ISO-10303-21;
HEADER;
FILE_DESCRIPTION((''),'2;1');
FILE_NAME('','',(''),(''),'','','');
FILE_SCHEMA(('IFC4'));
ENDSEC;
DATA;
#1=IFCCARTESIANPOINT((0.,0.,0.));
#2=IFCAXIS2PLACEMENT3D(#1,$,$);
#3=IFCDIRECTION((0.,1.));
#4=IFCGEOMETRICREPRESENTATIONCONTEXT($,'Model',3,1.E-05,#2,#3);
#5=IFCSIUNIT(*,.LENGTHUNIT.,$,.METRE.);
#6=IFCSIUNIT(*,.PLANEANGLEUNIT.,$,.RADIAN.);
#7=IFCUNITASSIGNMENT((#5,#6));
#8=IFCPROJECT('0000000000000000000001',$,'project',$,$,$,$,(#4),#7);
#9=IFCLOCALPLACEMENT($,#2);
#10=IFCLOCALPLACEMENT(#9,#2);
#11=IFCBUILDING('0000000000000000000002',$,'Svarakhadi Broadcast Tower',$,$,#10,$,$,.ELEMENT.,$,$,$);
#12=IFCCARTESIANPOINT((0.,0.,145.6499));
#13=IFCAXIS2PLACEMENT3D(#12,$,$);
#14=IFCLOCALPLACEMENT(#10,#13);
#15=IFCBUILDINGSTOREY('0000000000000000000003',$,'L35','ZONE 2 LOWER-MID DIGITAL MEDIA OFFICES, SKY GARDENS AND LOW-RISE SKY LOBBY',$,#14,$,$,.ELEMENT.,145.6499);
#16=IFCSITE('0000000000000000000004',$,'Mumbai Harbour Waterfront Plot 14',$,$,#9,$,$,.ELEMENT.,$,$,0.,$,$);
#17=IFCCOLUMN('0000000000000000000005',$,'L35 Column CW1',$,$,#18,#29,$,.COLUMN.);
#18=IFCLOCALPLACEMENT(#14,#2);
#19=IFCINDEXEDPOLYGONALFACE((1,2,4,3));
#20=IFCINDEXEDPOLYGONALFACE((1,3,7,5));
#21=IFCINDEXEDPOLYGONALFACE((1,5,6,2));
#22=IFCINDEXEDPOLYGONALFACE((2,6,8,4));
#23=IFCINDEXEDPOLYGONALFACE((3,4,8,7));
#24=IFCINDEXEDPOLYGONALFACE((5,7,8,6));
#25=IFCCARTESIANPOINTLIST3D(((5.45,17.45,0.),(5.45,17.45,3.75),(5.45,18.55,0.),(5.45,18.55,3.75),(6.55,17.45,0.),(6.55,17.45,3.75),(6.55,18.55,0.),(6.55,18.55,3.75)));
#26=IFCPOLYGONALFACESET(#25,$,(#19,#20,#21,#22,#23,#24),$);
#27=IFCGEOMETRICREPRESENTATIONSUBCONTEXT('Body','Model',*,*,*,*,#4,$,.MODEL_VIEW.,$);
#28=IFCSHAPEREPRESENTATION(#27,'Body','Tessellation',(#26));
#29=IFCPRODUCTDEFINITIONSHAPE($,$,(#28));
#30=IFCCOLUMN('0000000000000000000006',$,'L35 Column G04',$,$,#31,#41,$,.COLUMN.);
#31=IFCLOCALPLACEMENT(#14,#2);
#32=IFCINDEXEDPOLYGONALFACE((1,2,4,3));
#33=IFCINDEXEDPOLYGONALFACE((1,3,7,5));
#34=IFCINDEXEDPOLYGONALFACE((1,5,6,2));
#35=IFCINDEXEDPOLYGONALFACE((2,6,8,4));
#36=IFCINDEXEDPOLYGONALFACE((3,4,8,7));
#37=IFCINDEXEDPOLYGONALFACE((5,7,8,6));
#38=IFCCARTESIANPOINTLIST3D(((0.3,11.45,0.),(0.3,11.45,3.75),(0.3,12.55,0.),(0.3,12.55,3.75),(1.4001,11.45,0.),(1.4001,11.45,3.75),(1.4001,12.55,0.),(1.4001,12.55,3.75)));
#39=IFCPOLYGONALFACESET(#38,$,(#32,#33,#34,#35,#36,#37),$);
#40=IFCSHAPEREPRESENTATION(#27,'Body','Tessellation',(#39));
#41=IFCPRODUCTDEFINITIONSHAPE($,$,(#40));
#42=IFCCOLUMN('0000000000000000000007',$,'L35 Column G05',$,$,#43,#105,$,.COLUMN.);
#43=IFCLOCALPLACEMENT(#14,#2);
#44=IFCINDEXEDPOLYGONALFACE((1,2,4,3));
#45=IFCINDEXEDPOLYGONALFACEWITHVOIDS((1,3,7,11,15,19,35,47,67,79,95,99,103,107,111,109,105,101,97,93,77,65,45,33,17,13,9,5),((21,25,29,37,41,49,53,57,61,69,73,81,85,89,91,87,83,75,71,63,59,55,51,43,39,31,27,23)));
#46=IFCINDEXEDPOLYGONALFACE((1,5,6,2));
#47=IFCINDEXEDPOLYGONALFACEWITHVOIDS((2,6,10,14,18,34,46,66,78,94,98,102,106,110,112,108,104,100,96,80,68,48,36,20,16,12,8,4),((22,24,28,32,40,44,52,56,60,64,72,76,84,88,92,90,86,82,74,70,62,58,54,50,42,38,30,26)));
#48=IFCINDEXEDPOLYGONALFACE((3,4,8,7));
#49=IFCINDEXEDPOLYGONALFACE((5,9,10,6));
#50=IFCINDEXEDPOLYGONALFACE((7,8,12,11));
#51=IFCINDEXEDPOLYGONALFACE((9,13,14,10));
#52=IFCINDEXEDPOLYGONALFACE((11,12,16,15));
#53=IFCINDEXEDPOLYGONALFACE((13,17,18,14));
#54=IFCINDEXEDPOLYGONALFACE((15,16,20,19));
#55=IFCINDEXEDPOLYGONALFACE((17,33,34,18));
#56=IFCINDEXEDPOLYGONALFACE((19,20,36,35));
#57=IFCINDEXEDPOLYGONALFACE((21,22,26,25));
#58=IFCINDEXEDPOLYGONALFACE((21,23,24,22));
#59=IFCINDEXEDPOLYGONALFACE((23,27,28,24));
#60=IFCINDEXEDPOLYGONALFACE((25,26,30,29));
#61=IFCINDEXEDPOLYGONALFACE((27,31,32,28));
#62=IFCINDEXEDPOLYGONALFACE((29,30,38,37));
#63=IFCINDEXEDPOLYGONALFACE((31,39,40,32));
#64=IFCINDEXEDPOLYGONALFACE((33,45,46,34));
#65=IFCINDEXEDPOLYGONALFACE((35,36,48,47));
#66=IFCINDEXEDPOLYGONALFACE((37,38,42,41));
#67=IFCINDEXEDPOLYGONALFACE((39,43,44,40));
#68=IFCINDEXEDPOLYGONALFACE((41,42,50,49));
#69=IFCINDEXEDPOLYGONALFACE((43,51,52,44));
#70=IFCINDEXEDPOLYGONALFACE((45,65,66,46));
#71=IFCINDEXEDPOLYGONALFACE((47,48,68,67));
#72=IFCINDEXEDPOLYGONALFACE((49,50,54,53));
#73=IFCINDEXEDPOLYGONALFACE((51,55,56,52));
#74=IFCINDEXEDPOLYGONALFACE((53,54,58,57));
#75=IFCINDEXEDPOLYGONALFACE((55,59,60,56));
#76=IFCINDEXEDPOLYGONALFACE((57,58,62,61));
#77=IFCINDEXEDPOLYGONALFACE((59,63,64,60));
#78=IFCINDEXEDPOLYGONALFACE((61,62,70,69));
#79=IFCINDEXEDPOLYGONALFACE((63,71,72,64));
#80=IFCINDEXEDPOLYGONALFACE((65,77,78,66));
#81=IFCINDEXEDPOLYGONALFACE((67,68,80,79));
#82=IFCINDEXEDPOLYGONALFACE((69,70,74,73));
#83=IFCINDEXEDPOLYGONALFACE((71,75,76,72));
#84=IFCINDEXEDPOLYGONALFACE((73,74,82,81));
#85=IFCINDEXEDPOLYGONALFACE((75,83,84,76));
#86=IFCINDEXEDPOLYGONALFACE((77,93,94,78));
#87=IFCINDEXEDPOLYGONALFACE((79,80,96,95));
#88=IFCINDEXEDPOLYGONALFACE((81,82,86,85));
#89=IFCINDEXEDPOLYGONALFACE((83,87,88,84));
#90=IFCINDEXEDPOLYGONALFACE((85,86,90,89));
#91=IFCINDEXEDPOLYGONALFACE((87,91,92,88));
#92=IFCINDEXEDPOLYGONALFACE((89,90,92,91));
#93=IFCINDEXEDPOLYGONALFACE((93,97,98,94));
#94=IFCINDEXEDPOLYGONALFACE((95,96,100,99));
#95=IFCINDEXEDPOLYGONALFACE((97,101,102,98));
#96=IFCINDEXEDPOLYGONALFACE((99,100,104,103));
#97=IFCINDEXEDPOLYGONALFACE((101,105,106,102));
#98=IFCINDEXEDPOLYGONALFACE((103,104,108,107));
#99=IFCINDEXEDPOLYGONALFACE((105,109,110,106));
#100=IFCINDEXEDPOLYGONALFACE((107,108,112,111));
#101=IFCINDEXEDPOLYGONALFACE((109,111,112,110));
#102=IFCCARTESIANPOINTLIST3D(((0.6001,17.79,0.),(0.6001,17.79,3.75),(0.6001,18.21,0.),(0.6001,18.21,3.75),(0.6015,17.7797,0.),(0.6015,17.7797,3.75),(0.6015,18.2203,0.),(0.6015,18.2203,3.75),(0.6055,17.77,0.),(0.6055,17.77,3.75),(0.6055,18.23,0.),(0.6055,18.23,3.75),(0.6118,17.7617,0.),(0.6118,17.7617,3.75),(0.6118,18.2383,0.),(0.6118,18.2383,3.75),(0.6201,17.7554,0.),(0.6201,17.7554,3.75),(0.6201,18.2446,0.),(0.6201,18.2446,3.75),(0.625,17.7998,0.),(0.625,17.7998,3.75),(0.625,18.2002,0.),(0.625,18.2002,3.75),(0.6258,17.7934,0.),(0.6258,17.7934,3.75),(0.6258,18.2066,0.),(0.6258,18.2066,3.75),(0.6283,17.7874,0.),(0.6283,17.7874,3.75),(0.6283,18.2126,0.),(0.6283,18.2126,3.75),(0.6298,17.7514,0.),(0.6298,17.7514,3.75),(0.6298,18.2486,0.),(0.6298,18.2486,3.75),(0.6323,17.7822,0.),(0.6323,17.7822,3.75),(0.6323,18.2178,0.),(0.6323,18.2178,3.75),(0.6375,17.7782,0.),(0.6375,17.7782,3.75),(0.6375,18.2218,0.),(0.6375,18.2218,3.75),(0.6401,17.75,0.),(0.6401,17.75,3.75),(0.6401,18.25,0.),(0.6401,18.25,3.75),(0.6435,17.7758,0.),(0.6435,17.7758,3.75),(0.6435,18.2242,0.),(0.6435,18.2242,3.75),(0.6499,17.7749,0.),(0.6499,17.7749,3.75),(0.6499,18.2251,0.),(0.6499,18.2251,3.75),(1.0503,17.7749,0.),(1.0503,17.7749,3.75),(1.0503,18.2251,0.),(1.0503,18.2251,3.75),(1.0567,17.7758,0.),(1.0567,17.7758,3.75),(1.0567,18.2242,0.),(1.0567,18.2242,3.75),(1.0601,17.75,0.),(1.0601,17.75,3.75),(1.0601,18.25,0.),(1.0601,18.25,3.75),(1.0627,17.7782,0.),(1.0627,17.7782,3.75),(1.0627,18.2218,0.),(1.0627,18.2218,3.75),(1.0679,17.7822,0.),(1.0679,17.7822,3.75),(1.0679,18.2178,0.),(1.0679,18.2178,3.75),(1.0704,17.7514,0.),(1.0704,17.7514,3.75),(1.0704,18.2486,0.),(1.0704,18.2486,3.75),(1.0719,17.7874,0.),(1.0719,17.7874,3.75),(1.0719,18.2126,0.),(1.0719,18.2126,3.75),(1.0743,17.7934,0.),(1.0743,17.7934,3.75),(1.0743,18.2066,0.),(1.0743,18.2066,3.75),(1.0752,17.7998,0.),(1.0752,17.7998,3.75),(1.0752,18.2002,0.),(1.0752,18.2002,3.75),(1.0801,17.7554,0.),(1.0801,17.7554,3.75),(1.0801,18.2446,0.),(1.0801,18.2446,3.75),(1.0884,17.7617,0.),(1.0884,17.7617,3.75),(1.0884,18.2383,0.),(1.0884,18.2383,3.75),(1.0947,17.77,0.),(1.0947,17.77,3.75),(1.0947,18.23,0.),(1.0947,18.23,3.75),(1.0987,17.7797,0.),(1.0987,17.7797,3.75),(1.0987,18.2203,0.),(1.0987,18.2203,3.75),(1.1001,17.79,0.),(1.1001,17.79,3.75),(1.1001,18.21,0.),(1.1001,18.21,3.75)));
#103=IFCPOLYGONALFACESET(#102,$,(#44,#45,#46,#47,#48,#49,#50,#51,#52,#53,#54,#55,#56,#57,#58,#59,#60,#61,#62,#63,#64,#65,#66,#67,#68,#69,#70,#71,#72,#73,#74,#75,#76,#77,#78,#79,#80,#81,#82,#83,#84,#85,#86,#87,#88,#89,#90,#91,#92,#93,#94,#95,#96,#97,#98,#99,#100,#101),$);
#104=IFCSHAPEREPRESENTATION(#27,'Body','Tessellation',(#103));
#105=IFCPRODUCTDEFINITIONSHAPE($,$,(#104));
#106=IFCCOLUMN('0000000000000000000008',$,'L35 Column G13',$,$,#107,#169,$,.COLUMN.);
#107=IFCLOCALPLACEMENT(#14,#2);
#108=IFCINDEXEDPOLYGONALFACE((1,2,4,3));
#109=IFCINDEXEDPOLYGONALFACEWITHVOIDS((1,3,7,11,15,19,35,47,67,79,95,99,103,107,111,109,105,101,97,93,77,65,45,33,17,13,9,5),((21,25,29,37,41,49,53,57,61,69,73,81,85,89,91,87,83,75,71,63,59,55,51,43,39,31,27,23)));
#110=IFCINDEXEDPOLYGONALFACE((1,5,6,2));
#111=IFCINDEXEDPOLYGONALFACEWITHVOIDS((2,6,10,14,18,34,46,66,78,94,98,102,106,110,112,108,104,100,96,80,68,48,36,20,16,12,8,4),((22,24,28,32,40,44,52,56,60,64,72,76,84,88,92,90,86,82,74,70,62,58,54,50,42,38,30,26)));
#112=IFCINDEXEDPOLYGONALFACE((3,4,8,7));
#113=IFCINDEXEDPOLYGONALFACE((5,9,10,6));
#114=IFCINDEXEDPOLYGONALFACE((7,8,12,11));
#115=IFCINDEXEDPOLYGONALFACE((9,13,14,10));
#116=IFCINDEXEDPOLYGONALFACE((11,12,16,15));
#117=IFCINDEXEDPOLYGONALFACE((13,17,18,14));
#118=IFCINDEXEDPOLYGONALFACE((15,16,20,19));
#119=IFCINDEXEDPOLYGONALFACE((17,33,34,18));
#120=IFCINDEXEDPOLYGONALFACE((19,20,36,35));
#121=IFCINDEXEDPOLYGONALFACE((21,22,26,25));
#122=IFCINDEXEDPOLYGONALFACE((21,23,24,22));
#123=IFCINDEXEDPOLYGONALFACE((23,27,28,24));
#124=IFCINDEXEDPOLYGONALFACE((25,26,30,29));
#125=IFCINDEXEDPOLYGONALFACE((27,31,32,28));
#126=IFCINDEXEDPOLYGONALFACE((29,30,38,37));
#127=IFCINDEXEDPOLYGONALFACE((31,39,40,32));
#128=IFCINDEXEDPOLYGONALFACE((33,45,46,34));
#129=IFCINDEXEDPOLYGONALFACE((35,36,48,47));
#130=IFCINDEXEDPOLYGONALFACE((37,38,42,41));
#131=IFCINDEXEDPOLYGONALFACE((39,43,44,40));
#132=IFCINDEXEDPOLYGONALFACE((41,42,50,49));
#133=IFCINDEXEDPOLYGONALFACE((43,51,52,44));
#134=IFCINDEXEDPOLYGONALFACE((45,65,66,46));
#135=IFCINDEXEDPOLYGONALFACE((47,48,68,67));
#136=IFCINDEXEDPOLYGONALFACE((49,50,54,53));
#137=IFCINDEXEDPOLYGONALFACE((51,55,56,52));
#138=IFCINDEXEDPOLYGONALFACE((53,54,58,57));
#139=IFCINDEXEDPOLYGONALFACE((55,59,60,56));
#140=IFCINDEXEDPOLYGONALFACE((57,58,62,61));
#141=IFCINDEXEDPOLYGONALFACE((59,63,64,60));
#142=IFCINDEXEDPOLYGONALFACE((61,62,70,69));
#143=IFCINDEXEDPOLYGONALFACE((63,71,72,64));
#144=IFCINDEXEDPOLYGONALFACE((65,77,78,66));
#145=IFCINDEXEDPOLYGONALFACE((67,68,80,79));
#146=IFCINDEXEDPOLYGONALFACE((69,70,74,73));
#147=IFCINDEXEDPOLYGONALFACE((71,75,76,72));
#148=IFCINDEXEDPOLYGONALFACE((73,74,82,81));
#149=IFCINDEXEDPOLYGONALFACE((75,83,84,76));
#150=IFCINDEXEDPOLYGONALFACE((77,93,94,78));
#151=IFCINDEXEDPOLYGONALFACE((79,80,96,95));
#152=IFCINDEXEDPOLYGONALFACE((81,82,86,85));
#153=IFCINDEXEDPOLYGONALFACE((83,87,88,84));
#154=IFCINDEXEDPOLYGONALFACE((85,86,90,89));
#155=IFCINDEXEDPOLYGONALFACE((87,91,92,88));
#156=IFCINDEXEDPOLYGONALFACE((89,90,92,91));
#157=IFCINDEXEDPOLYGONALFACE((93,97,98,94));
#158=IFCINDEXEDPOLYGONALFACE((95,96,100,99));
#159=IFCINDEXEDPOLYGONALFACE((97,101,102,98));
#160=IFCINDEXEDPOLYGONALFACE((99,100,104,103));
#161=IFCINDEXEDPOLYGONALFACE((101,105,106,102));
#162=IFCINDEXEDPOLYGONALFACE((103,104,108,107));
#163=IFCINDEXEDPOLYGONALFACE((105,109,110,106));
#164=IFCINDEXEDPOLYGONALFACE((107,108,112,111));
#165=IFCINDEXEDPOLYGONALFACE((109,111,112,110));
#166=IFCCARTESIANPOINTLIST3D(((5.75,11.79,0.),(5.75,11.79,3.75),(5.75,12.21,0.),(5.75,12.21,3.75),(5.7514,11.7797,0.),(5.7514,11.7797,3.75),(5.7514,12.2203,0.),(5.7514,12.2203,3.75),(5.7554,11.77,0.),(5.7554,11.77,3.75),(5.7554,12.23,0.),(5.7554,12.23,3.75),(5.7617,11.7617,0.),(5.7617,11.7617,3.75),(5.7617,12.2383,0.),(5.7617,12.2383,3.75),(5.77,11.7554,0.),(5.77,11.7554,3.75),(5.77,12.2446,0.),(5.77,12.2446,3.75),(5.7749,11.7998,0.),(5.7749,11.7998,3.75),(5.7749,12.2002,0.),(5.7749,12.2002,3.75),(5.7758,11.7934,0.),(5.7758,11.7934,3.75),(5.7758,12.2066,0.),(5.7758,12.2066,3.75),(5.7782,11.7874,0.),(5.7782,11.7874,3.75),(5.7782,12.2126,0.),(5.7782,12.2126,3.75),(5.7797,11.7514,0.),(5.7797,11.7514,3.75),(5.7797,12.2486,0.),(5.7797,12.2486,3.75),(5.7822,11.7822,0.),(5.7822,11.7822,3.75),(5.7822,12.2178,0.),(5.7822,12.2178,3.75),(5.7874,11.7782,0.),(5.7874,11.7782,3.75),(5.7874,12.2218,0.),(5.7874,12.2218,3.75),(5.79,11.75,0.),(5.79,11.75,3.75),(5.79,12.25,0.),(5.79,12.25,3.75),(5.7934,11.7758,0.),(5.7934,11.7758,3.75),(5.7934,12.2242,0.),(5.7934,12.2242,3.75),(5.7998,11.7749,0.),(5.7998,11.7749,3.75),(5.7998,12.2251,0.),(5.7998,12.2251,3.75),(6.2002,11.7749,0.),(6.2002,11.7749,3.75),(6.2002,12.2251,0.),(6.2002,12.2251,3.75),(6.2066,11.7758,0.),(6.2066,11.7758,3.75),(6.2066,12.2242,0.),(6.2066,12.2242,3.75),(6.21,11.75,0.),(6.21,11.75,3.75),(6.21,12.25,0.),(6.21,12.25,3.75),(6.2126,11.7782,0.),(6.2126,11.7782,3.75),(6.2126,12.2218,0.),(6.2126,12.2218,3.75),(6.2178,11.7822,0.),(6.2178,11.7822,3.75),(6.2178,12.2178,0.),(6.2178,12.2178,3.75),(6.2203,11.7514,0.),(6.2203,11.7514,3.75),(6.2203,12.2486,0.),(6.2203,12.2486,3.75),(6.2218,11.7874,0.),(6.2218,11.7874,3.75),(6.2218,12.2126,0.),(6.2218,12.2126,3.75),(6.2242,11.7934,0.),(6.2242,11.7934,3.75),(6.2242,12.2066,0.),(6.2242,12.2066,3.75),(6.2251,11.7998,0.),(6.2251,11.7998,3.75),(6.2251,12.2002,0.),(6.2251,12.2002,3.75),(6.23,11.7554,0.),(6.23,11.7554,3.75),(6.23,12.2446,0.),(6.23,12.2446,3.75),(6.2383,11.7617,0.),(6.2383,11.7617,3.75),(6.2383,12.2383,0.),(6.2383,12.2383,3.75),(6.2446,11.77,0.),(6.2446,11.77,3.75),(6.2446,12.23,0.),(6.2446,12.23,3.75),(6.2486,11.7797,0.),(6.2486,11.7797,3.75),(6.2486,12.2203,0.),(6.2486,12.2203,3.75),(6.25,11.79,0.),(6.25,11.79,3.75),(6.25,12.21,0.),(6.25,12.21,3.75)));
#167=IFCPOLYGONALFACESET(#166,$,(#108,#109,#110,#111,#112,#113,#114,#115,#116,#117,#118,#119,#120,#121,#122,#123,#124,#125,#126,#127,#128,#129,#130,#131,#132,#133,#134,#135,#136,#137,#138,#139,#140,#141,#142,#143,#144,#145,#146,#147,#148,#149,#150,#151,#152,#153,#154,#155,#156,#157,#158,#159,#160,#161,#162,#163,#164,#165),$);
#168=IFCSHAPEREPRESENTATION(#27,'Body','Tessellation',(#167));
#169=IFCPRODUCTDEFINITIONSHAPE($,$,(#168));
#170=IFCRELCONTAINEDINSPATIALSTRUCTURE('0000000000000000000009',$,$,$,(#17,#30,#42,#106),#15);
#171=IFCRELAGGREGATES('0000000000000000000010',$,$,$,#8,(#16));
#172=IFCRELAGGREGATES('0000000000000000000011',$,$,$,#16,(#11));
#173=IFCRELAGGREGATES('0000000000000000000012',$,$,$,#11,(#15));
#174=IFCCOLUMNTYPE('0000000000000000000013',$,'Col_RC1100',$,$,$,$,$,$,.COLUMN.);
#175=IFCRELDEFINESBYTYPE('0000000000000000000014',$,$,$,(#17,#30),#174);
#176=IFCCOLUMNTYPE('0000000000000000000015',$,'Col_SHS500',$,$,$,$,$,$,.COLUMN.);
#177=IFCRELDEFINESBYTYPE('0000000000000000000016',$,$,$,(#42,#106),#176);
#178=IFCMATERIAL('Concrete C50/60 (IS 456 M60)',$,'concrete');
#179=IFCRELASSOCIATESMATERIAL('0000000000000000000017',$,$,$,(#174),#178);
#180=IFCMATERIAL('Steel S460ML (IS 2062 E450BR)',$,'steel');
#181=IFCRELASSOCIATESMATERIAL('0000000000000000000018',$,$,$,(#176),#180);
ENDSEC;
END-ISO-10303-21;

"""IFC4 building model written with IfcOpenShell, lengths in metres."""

from ifc_helpers import new_model, si_unit, direction, frame, origin, origin_2d, place, context, subcontext, project, spatial, rectangle, hollow_rectangle, extrude, material, material_profile, profile_set, type_object, element, save


model = new_model("IFC4")

# Units and contexts
model_context = context("Model", 3, precision=1e-05, world=origin(), true_north=direction((0.0, 1.0)))
body_context = subcontext(model_context, "Body", "Model", "MODEL_VIEW")
ifc_project = project(units=[si_unit("LENGTHUNIT", "METRE"), si_unit("PLANEANGLEUNIT", "RADIAN")], contexts=[model_context])

# Site, building, storey
site_placement = place(None, origin())
site = spatial("IfcSite", under=ifc_project, at=site_placement, Name="Mumbai Harbour Waterfront Plot 14", CompositionType="ELEMENT", RefElevation=0.0)
building_placement = place(site_placement, origin())
building = spatial("IfcBuilding", under=site, at=building_placement, Name="Svarakhadi Broadcast Tower", CompositionType="ELEMENT")
storey_placement = place(building_placement, frame((0.0, 0.0, 145.6499)))
storey = spatial("IfcBuildingStorey", under=building, at=storey_placement, Name="L35", Description="ZONE 2 LOWER-MID DIGITAL MEDIA OFFICES, SKY GARDENS AND LOW-RISE SKY LOBBY", CompositionType="ELEMENT", Elevation=145.6499)

# Columns
ifc_material_1 = material(Name="Concrete C50/60 (IS 456 M60)", Category="concrete")
ifc_material_profile_1 = material_profile(ifc_material_1, rectangle(XDim=1.1001, YDim=1.1001, at=origin_2d()), Name="RC 1100x1100")
ifc_profile_set_1 = profile_set([ifc_material_profile_1], Name="Concrete C50/60 (IS 456 M60)")
column_type_1 = type_object("IfcColumnType", Name="Col_RC1100", PredefinedType="COLUMN", material=ifc_profile_set_1)
for number, where, z_axis, x_axis, name in (
    (1, (6.0, 18.0, 0.0), (0.0, 0.0, 1.0), (1.0, 0.0, 0.0), "L35 Column CW1"),
    (2, (0.8501, 12.0, 0.0), (0.0, 0.0, 1.0), (1.0, 0.0, 0.0), "L35 Column G04"),
):
    element("IfcColumn", number, at=place(storey_placement, frame(where, z_axis=z_axis, x_axis=x_axis)), inside=storey, type_object=column_type_1, Name=name, PredefinedType="COLUMN", context=body_context, shape_type="SweptSolid", body=[
        extrude(rectangle(XDim=1.1001, YDim=1.1001, at=origin_2d()), origin(), (0.0, 0.0, 1.0), 3.75),
    ])
ifc_material_2 = material(Name="Steel S460ML (IS 2062 E450BR)", Category="steel")
ifc_material_profile_2 = material_profile(ifc_material_2, hollow_rectangle(XDim=0.5, YDim=0.5, WallThickness=0.0249, InnerFilletRadius=0.0249, OuterFilletRadius=0.04, at=origin_2d()), Name="SHS 500x500x25")
ifc_profile_set_2 = profile_set([ifc_material_profile_2], Name="Steel S460ML (IS 2062 E450BR)")
column_type_2 = type_object("IfcColumnType", Name="Col_SHS500", PredefinedType="COLUMN", material=ifc_profile_set_2)
for number, where, z_axis, x_axis, name in (
    (3, (0.8501, 18.0, 0.0), (0.0, 0.0, 1.0), (1.0, 0.0, 0.0), "L35 Column G05"),
    (4, (6.0, 12.0, 0.0), (0.0, 0.0, 1.0), (1.0, 0.0, 0.0), "L35 Column G13"),
):
    element("IfcColumn", number, at=place(storey_placement, frame(where, z_axis=z_axis, x_axis=x_axis)), inside=storey, type_object=column_type_2, Name=name, PredefinedType="COLUMN", context=body_context, shape_type="SweptSolid", body=[
        extrude(hollow_rectangle(XDim=0.5, YDim=0.5, WallThickness=0.0249, InnerFilletRadius=0.0249, OuterFilletRadius=0.04, at=origin_2d()), origin(), (0.0, 0.0, 1.0), 3.75),
    ])

save(model, "model.ifc")
